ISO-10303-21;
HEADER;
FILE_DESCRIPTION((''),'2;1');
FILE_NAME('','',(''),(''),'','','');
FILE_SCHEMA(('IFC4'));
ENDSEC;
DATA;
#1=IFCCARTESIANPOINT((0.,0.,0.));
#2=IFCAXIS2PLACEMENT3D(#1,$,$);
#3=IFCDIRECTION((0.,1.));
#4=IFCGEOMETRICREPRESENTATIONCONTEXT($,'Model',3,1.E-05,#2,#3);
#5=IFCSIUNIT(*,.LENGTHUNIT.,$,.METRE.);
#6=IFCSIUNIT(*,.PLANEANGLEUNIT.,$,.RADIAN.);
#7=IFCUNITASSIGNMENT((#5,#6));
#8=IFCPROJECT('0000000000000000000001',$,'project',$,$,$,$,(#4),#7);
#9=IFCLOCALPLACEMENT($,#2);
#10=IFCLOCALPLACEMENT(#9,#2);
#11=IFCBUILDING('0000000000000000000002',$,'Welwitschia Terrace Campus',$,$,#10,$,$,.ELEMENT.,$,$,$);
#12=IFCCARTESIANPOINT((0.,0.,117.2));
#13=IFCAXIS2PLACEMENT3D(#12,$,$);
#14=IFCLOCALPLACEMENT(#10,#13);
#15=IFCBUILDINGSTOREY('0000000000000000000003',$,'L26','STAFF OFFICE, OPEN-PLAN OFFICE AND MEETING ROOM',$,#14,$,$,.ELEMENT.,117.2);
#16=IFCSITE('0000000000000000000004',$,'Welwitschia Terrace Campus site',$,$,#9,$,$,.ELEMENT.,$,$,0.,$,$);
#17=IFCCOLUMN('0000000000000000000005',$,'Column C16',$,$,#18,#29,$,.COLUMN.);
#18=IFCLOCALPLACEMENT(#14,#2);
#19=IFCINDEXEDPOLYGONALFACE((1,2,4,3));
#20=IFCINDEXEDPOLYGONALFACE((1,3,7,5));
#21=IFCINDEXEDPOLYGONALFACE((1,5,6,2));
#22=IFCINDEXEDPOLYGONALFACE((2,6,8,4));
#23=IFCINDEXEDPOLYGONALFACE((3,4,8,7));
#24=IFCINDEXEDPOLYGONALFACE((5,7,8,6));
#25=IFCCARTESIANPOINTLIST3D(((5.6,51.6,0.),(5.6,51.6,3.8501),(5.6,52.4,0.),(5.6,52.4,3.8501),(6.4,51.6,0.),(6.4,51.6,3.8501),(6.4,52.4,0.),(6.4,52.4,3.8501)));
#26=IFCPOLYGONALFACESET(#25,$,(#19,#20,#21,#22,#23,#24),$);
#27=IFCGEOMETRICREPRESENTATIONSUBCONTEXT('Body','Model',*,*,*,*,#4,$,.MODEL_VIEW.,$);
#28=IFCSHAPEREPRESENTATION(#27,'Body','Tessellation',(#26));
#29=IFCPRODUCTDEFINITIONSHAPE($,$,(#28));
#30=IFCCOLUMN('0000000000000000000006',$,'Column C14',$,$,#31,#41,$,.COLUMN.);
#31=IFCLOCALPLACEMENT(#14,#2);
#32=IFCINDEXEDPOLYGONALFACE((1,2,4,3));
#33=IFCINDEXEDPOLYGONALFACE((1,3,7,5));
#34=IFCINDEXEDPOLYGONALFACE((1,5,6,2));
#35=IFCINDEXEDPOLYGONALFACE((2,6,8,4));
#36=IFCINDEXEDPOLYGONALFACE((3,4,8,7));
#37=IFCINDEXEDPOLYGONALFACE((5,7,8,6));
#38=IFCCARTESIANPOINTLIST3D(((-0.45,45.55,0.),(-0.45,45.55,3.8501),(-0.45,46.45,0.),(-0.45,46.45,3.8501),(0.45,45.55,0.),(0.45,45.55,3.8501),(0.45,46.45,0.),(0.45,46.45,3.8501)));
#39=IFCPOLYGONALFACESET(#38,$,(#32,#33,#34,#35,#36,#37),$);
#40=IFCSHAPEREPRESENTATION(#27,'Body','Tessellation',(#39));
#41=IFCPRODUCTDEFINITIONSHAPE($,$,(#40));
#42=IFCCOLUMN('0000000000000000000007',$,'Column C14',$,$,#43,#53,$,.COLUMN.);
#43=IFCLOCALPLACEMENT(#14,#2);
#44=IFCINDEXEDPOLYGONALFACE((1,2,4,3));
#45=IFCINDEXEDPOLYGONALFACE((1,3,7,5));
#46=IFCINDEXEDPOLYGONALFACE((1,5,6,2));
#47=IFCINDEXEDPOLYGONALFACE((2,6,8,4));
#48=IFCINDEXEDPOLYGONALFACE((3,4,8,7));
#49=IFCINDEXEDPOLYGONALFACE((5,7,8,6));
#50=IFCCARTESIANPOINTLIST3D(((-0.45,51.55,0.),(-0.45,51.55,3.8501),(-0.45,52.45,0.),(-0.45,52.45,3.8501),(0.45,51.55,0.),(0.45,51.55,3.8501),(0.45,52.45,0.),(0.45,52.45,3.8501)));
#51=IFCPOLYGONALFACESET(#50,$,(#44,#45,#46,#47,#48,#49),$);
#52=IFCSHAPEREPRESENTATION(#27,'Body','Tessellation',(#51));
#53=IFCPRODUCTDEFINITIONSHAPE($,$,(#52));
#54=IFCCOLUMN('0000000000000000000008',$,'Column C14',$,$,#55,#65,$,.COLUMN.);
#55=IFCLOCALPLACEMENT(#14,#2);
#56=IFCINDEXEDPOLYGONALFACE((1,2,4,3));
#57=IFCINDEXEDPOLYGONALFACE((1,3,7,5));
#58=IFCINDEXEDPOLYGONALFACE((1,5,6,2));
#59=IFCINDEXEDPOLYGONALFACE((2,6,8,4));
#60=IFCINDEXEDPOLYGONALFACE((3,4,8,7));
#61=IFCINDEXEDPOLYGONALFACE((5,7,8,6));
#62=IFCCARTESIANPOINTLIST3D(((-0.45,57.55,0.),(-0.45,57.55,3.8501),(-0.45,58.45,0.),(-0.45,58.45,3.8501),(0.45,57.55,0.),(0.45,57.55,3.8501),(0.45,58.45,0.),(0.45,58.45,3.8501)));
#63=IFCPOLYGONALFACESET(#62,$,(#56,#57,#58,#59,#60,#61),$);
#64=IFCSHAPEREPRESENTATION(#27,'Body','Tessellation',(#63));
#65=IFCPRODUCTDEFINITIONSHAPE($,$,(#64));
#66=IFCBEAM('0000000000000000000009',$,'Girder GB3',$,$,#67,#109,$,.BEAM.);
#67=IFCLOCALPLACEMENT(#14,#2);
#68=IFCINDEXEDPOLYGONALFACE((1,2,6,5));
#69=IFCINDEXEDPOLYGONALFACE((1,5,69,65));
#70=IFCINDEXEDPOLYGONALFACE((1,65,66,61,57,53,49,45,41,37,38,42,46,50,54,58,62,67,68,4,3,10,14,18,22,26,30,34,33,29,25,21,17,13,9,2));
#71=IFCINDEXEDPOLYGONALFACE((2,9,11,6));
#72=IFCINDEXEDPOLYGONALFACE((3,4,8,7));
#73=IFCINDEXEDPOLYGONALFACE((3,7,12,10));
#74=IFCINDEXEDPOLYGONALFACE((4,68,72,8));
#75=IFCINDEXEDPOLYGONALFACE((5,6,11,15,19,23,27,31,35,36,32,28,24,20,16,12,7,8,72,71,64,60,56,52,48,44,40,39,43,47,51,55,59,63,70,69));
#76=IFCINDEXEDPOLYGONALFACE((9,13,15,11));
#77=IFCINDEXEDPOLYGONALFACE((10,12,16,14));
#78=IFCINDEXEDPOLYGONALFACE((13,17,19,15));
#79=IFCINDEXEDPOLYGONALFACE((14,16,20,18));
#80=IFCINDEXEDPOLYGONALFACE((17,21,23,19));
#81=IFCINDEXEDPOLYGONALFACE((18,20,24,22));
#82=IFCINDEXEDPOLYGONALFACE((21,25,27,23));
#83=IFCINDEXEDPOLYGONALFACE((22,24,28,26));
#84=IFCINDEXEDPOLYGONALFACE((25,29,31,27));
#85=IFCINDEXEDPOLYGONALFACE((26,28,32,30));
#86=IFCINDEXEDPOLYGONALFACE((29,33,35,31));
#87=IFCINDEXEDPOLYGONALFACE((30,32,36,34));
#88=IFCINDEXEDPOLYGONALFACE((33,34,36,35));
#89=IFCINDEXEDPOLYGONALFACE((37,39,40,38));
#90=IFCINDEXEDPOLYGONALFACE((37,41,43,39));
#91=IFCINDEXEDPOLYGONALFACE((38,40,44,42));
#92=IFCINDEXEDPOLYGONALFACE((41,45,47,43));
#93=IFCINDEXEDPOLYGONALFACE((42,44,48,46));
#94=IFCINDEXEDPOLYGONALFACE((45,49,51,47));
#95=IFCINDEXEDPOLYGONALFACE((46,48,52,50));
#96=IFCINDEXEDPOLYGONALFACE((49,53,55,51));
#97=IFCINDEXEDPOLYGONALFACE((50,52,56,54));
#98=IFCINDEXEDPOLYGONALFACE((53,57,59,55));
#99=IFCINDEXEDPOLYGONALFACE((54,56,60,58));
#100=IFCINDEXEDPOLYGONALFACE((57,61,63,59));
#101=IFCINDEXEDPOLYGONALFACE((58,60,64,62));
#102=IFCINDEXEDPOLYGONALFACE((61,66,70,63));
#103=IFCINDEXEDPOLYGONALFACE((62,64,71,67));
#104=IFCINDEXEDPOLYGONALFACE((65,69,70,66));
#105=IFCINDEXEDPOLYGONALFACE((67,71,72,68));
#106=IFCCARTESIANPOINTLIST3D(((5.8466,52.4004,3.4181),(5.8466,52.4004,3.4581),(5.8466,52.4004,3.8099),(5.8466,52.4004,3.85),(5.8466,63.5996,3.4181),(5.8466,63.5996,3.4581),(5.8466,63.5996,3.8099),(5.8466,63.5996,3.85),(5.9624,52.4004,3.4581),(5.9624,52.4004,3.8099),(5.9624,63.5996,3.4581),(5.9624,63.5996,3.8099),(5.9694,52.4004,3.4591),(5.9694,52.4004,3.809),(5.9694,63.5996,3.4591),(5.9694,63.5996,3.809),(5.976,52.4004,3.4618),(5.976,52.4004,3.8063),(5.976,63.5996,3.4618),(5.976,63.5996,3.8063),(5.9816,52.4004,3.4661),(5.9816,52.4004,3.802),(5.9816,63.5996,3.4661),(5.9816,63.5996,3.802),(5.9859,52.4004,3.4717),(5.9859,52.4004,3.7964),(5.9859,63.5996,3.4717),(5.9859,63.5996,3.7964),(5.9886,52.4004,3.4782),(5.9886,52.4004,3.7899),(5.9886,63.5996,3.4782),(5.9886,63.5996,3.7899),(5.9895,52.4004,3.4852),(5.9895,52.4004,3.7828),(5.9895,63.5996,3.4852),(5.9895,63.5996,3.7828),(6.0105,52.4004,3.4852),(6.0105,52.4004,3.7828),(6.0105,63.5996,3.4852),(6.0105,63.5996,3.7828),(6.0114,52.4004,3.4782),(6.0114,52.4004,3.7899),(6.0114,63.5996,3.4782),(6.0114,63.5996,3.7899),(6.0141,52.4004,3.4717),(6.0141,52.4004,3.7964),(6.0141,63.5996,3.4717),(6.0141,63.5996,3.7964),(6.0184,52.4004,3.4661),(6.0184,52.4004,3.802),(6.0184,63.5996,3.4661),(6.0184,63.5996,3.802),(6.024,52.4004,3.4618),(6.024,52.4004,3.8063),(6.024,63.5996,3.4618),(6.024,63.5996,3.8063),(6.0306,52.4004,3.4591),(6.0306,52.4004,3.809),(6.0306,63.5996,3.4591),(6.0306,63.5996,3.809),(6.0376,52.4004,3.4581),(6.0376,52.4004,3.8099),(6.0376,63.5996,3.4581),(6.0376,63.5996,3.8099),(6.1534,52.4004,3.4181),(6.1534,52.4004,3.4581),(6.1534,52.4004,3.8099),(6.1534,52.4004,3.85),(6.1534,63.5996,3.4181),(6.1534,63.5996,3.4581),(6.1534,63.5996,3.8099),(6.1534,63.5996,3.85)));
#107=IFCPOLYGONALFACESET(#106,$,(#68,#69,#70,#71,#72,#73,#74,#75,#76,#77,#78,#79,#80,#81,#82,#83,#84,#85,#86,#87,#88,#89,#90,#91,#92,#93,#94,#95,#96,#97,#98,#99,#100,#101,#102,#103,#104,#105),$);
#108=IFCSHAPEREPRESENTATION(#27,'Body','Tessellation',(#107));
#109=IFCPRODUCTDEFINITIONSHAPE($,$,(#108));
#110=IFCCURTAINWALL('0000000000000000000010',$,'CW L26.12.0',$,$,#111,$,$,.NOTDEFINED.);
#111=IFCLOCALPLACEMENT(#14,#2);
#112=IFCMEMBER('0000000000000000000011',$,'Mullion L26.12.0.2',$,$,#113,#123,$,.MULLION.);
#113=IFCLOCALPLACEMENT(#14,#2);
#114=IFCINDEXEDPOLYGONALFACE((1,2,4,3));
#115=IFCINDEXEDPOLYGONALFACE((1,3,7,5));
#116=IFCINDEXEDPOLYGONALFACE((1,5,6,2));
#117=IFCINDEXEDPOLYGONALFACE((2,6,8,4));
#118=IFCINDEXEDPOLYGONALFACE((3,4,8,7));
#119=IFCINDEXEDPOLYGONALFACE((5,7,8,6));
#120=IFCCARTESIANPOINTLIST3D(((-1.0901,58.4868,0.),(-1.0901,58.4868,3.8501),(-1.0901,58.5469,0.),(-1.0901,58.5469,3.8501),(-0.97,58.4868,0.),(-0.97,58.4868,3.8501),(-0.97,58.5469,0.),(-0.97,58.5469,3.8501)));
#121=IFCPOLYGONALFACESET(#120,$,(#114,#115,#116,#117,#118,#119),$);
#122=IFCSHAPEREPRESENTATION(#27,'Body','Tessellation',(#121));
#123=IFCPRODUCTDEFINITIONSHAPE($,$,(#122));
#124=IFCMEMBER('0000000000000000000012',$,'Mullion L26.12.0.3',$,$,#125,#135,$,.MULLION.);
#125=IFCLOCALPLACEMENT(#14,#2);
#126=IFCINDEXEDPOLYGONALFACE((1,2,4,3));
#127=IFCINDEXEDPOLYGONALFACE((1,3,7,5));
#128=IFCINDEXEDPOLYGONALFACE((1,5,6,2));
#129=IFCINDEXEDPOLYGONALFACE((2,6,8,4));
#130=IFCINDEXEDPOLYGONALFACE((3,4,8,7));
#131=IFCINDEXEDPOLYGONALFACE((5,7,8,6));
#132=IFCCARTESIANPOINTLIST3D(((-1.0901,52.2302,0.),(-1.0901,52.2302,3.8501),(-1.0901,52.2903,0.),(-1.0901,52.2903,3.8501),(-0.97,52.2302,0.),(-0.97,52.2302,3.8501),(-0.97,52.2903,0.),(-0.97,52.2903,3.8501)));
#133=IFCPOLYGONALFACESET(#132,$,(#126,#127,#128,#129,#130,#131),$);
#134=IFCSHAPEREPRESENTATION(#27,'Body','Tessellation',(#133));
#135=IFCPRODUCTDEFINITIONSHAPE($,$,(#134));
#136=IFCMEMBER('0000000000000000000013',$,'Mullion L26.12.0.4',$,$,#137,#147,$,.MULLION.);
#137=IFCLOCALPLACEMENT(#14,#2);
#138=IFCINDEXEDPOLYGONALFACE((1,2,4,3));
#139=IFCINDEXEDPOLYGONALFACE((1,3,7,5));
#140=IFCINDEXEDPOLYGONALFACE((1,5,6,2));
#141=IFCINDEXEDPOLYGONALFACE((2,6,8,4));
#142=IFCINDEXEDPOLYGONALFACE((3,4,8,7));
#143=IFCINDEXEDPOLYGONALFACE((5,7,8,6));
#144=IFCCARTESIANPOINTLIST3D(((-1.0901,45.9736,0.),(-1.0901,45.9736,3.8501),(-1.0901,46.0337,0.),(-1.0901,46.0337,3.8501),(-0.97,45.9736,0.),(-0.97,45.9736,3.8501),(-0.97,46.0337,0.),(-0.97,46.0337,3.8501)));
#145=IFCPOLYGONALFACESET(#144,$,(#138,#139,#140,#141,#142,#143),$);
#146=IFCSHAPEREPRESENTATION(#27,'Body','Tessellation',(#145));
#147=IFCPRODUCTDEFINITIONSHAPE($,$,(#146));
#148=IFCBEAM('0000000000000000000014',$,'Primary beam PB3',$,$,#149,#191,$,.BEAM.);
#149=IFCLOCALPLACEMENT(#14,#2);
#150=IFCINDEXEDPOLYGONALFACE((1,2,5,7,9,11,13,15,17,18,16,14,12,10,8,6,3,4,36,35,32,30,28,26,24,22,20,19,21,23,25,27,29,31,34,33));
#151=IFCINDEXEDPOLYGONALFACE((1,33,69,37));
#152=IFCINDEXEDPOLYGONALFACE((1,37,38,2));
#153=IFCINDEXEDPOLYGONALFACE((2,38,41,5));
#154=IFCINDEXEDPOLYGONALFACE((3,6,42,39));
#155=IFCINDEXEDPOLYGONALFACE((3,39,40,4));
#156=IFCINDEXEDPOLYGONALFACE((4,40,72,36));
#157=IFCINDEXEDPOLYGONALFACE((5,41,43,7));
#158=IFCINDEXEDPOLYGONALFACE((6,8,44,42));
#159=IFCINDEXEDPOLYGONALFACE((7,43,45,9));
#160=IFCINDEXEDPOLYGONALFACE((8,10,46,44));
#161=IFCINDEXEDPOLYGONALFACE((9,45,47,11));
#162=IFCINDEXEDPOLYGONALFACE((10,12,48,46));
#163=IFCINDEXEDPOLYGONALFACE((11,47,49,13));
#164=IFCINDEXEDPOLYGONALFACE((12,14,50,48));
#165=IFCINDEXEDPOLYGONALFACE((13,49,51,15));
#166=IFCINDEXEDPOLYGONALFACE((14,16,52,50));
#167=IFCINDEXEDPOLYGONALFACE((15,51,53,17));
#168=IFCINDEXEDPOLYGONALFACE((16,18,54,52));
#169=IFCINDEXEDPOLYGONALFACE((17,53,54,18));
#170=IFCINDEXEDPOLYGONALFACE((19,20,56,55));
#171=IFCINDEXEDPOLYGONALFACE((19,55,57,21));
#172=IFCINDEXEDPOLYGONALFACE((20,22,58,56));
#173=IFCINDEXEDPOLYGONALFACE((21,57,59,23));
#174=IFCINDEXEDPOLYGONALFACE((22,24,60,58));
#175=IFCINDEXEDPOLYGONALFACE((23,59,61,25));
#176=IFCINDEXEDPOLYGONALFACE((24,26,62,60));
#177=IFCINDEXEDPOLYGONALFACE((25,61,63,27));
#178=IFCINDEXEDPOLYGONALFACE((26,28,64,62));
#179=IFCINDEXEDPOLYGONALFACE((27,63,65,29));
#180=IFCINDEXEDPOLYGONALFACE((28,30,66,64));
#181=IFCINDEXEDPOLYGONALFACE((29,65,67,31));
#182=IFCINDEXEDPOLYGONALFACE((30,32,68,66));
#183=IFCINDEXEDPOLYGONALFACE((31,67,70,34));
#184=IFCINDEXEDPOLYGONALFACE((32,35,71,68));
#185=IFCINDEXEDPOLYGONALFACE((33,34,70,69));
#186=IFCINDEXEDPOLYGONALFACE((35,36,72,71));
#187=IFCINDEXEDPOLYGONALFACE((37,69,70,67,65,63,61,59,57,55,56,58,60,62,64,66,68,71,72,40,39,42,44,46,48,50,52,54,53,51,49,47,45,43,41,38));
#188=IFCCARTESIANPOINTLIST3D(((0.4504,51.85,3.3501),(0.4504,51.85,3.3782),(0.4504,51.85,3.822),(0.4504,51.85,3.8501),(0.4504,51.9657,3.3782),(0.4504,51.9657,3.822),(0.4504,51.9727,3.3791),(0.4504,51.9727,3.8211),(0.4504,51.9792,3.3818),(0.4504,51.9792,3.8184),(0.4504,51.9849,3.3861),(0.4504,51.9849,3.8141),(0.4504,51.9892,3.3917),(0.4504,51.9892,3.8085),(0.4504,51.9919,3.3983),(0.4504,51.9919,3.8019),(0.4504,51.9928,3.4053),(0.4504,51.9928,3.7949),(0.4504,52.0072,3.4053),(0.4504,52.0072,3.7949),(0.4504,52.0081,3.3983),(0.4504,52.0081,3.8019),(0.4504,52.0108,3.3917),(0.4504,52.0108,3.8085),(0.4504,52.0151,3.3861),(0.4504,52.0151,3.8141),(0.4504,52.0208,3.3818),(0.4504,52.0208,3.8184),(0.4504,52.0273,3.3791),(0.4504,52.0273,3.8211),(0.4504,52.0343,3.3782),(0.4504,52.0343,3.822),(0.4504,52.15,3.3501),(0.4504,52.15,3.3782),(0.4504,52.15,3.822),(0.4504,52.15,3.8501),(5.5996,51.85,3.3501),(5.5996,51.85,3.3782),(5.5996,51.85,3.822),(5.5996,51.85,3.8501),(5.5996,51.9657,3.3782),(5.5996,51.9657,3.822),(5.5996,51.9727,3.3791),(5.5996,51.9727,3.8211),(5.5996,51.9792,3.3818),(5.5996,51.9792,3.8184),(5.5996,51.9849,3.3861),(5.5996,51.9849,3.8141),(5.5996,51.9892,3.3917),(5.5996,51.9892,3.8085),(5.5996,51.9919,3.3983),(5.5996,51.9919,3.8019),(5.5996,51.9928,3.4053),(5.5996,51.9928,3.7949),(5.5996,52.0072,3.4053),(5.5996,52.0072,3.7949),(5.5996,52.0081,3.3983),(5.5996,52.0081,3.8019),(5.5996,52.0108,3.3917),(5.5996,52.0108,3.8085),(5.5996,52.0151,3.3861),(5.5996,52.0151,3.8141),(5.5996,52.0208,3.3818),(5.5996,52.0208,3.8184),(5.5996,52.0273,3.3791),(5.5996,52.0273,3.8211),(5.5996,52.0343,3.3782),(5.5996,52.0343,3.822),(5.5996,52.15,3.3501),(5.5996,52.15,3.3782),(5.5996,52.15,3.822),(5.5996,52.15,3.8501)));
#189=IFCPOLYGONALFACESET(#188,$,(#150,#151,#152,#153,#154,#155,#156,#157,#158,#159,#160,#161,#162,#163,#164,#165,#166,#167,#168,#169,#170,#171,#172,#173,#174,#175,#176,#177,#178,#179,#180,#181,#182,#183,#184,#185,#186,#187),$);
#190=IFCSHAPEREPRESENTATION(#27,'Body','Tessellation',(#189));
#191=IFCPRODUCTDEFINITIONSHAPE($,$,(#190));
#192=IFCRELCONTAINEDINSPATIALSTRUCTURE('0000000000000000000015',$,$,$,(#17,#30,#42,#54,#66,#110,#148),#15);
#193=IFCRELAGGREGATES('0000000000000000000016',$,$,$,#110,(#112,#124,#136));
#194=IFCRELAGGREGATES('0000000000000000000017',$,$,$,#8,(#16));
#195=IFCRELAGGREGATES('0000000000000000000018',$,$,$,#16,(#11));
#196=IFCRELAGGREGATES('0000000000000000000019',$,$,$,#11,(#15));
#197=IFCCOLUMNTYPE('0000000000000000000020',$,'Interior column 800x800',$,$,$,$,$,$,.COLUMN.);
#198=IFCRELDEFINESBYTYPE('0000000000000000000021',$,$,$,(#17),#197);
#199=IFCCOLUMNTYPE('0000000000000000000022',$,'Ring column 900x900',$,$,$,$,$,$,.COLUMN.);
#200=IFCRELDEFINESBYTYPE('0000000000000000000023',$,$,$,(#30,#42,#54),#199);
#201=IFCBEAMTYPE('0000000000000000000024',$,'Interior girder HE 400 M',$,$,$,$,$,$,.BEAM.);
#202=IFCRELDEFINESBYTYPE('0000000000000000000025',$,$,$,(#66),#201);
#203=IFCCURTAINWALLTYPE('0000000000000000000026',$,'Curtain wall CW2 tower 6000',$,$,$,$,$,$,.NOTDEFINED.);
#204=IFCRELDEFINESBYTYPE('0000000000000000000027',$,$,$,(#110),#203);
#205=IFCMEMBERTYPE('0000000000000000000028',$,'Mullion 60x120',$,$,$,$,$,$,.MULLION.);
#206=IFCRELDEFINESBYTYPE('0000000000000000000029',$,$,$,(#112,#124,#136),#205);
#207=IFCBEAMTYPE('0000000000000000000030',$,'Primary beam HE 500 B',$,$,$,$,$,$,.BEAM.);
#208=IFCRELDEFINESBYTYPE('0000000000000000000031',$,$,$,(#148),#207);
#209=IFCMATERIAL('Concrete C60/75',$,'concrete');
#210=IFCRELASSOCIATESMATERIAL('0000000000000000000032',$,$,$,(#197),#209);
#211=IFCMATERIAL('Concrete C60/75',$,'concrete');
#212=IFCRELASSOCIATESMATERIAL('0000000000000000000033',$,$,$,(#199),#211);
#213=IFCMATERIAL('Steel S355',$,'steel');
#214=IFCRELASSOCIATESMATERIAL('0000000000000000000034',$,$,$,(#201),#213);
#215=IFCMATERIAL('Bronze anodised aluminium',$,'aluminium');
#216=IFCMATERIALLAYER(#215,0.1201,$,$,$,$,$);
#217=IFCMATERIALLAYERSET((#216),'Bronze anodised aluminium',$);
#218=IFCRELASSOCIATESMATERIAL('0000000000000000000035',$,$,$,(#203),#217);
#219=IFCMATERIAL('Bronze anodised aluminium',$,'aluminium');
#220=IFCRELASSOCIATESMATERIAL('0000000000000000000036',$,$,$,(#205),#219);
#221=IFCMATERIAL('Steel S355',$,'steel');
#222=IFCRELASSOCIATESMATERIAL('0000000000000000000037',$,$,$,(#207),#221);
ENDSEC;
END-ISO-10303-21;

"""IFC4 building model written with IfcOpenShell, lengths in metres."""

from ifc_helpers import new_model, si_unit, direction, frame, origin, origin_2d, place, context, subcontext, project, spatial, rectangle, i_section, extrude, material, layer, layer_set, material_profile, profile_set, type_object, element, aggregate, save


model = new_model("IFC4")

# Units and contexts
model_context = context("Model", 3, precision=1e-05, world=origin(), true_north=direction((0.0, 1.0)))
body_context = subcontext(model_context, "Body", "Model", "MODEL_VIEW")
ifc_project = project(units=[si_unit("LENGTHUNIT", "METRE"), si_unit("PLANEANGLEUNIT", "RADIAN")], contexts=[model_context])

# Site, building, storey
site_placement = place(None, origin())
site = spatial("IfcSite", under=ifc_project, at=site_placement, Name="Welwitschia Terrace Campus site", CompositionType="ELEMENT", RefElevation=0.0)
building_placement = place(site_placement, origin())
building = spatial("IfcBuilding", under=site, at=building_placement, Name="Welwitschia Terrace Campus", CompositionType="ELEMENT")
storey_placement = place(building_placement, frame((0.0, 0.0, 117.2)))
storey = spatial("IfcBuildingStorey", under=building, at=storey_placement, Name="L26", Description="STAFF OFFICE, OPEN-PLAN OFFICE AND MEETING ROOM", CompositionType="ELEMENT", Elevation=117.2)

# Columns
ifc_material_1 = material(Name="Concrete C60/75", Category="concrete")
ifc_material_profile_1 = material_profile(ifc_material_1, rectangle(XDim=0.8, YDim=0.8, at=origin_2d()))
ifc_profile_set_1 = profile_set([ifc_material_profile_1], Name="Concrete C60/75")
column_type_1 = type_object("IfcColumnType", Name="Interior column 800x800", PredefinedType="COLUMN", material=ifc_profile_set_1)
column_placement = place(storey_placement, frame((6.0, 52.0, 0.0), z_axis=(0.0, 0.0, 1.0), x_axis=(1.0, 0.0, 0.0)))
element("IfcColumn", 1, at=column_placement, inside=storey, type_object=column_type_1, Name="Column C16", PredefinedType="COLUMN", context=body_context, shape_type="SweptSolid", body=[
    extrude(rectangle(XDim=0.8, YDim=0.8, at=origin_2d()), origin(), (0.0, 0.0, 1.0), 3.8501),
])
ifc_material_2 = material(Name="Concrete C60/75", Category="concrete")
ifc_material_profile_2 = material_profile(ifc_material_2, rectangle(XDim=0.8999, YDim=0.8999, at=origin_2d()))
ifc_profile_set_2 = profile_set([ifc_material_profile_2], Name="Concrete C60/75")
column_type_2 = type_object("IfcColumnType", Name="Ring column 900x900", PredefinedType="COLUMN", material=ifc_profile_set_2)
for number, where, z_axis, x_axis, name in (
    (2, (0.0, 46.0, 0.0), (0.0, 0.0, 1.0), (1.0, 0.0, 0.0), "Column C14"),
    (3, (0.0, 52.0, 0.0), (0.0, 0.0, 1.0), (1.0, 0.0, 0.0), "Column C14"),
    (4, (0.0, 58.0, 0.0), (0.0, 0.0, 1.0), (1.0, 0.0, 0.0), "Column C14"),
):
    element("IfcColumn", number, at=place(storey_placement, frame(where, z_axis=z_axis, x_axis=x_axis)), inside=storey, type_object=column_type_2, Name=name, PredefinedType="COLUMN", context=body_context, shape_type="SweptSolid", body=[
        extrude(rectangle(XDim=0.8999, YDim=0.8999, at=origin_2d()), origin(), (0.0, 0.0, 1.0), 3.8501),
    ])

# Beam
ifc_material_3 = material(Name="Steel S355", Category="steel")
ifc_material_profile_3 = material_profile(ifc_material_3, i_section(OverallWidth=0.3069, OverallDepth=0.4319, WebThickness=0.021, FlangeThickness=0.04, FilletRadius=0.0271, at=origin_2d()))
ifc_profile_set_3 = profile_set([ifc_material_profile_3], Name="Steel S355")
beam_type_1 = type_object("IfcBeamType", Name="Interior girder HE 400 M", PredefinedType="BEAM", material=ifc_profile_set_3)
beam_1_placement = place(storey_placement, frame((6.0, 52.4004, 3.634), z_axis=(0.0, 1.0, 0.0), x_axis=(-1.0, 0.0, 0.0)))
element("IfcBeam", 5, at=beam_1_placement, inside=storey, type_object=beam_type_1, Name="Girder GB3", PredefinedType="BEAM", context=body_context, shape_type="SweptSolid", body=[
    extrude(i_section(OverallWidth=0.3069, OverallDepth=0.4319, WebThickness=0.021, FlangeThickness=0.04, FilletRadius=0.0271, at=origin_2d()), origin(), (0.0, 0.0, 1.0), 11.1992),
])

# Curtain wall, members
ifc_material_4 = material(Name="Bronze anodised aluminium", Category="aluminium")
ifc_layer_1 = layer(ifc_material_4, 0.1201)
ifc_layer_set_1 = layer_set([ifc_layer_1], Name="Bronze anodised aluminium")
curtain_wall_type = type_object("IfcCurtainWallType", Name="Curtain wall CW2 tower 6000", PredefinedType="NOTDEFINED", material=ifc_layer_set_1)
curtain_wall_placement = place(storey_placement, origin())
curtain_wall = element("IfcCurtainWall", 6, at=curtain_wall_placement, inside=storey, type_object=curtain_wall_type, Name="CW L26.12.0", PredefinedType="NOTDEFINED")
ifc_material_5 = material(Name="Bronze anodised aluminium", Category="aluminium")
ifc_material_profile_4 = material_profile(ifc_material_5, rectangle(XDim=0.1201, YDim=0.0601, at=origin_2d()))
ifc_profile_set_4 = profile_set([ifc_material_profile_4], Name="Bronze anodised aluminium")
member_type = type_object("IfcMemberType", Name="Mullion 60x120", PredefinedType="MULLION", material=ifc_profile_set_4)
member_1_placement = place(storey_placement, frame((-1.03, 58.5168, 0.0), z_axis=(0.0, 0.0, 1.0), x_axis=(1.0, 0.0, 0.0)))
member_1 = element("IfcMember", 7, at=member_1_placement, type_object=member_type, Name="Mullion L26.12.0.2", PredefinedType="MULLION", context=body_context, shape_type="SweptSolid", body=[
    extrude(rectangle(XDim=0.1201, YDim=0.0601, at=origin_2d()), origin(), (0.0, 0.0, 1.0), 3.8501),
])
member_2_placement = place(storey_placement, frame((-1.03, 52.2603, 0.0), z_axis=(0.0, 0.0, 1.0), x_axis=(1.0, 0.0, 0.0)))
member_2 = element("IfcMember", 8, at=member_2_placement, type_object=member_type, Name="Mullion L26.12.0.3", PredefinedType="MULLION", context=body_context, shape_type="SweptSolid", body=[
    extrude(rectangle(XDim=0.1201, YDim=0.0601, at=origin_2d()), origin(), (0.0, 0.0, 1.0), 3.8501),
])
member_3_placement = place(storey_placement, frame((-1.03, 46.0037, 0.0), z_axis=(0.0, 0.0, 1.0), x_axis=(1.0, 0.0, 0.0)))
member_3 = element("IfcMember", 9, at=member_3_placement, type_object=member_type, Name="Mullion L26.12.0.4", PredefinedType="MULLION", context=body_context, shape_type="SweptSolid", body=[
    extrude(rectangle(XDim=0.1201, YDim=0.0601, at=origin_2d()), origin(), (0.0, 0.0, 1.0), 3.8501),
])

# Beam
ifc_material_6 = material(Name="Steel S355", Category="steel")
ifc_material_profile_5 = material_profile(ifc_material_6, i_section(OverallWidth=0.3, OverallDepth=0.5, WebThickness=0.0144, FlangeThickness=0.0281, FilletRadius=0.0271, at=origin_2d()))
ifc_profile_set_5 = profile_set([ifc_material_profile_5], Name="Steel S355")
beam_type_2 = type_object("IfcBeamType", Name="Primary beam HE 500 B", PredefinedType="BEAM", material=ifc_profile_set_5)
beam_2_placement = place(storey_placement, frame((0.4504, 52.0, 3.6001), z_axis=(1.0, 0.0, 0.0), x_axis=(0.0, 1.0, 0.0)))
element("IfcBeam", 10, at=beam_2_placement, inside=storey, type_object=beam_type_2, Name="Primary beam PB3", PredefinedType="BEAM", context=body_context, shape_type="SweptSolid", body=[
    extrude(i_section(OverallWidth=0.3, OverallDepth=0.5, WebThickness=0.0144, FlangeThickness=0.0281, FilletRadius=0.0271, at=origin_2d()), origin(), (0.0, 0.0, 1.0), 5.1492),
])

aggregate(curtain_wall, [member_1, member_2, member_3])

save(model, "model.ifc")
